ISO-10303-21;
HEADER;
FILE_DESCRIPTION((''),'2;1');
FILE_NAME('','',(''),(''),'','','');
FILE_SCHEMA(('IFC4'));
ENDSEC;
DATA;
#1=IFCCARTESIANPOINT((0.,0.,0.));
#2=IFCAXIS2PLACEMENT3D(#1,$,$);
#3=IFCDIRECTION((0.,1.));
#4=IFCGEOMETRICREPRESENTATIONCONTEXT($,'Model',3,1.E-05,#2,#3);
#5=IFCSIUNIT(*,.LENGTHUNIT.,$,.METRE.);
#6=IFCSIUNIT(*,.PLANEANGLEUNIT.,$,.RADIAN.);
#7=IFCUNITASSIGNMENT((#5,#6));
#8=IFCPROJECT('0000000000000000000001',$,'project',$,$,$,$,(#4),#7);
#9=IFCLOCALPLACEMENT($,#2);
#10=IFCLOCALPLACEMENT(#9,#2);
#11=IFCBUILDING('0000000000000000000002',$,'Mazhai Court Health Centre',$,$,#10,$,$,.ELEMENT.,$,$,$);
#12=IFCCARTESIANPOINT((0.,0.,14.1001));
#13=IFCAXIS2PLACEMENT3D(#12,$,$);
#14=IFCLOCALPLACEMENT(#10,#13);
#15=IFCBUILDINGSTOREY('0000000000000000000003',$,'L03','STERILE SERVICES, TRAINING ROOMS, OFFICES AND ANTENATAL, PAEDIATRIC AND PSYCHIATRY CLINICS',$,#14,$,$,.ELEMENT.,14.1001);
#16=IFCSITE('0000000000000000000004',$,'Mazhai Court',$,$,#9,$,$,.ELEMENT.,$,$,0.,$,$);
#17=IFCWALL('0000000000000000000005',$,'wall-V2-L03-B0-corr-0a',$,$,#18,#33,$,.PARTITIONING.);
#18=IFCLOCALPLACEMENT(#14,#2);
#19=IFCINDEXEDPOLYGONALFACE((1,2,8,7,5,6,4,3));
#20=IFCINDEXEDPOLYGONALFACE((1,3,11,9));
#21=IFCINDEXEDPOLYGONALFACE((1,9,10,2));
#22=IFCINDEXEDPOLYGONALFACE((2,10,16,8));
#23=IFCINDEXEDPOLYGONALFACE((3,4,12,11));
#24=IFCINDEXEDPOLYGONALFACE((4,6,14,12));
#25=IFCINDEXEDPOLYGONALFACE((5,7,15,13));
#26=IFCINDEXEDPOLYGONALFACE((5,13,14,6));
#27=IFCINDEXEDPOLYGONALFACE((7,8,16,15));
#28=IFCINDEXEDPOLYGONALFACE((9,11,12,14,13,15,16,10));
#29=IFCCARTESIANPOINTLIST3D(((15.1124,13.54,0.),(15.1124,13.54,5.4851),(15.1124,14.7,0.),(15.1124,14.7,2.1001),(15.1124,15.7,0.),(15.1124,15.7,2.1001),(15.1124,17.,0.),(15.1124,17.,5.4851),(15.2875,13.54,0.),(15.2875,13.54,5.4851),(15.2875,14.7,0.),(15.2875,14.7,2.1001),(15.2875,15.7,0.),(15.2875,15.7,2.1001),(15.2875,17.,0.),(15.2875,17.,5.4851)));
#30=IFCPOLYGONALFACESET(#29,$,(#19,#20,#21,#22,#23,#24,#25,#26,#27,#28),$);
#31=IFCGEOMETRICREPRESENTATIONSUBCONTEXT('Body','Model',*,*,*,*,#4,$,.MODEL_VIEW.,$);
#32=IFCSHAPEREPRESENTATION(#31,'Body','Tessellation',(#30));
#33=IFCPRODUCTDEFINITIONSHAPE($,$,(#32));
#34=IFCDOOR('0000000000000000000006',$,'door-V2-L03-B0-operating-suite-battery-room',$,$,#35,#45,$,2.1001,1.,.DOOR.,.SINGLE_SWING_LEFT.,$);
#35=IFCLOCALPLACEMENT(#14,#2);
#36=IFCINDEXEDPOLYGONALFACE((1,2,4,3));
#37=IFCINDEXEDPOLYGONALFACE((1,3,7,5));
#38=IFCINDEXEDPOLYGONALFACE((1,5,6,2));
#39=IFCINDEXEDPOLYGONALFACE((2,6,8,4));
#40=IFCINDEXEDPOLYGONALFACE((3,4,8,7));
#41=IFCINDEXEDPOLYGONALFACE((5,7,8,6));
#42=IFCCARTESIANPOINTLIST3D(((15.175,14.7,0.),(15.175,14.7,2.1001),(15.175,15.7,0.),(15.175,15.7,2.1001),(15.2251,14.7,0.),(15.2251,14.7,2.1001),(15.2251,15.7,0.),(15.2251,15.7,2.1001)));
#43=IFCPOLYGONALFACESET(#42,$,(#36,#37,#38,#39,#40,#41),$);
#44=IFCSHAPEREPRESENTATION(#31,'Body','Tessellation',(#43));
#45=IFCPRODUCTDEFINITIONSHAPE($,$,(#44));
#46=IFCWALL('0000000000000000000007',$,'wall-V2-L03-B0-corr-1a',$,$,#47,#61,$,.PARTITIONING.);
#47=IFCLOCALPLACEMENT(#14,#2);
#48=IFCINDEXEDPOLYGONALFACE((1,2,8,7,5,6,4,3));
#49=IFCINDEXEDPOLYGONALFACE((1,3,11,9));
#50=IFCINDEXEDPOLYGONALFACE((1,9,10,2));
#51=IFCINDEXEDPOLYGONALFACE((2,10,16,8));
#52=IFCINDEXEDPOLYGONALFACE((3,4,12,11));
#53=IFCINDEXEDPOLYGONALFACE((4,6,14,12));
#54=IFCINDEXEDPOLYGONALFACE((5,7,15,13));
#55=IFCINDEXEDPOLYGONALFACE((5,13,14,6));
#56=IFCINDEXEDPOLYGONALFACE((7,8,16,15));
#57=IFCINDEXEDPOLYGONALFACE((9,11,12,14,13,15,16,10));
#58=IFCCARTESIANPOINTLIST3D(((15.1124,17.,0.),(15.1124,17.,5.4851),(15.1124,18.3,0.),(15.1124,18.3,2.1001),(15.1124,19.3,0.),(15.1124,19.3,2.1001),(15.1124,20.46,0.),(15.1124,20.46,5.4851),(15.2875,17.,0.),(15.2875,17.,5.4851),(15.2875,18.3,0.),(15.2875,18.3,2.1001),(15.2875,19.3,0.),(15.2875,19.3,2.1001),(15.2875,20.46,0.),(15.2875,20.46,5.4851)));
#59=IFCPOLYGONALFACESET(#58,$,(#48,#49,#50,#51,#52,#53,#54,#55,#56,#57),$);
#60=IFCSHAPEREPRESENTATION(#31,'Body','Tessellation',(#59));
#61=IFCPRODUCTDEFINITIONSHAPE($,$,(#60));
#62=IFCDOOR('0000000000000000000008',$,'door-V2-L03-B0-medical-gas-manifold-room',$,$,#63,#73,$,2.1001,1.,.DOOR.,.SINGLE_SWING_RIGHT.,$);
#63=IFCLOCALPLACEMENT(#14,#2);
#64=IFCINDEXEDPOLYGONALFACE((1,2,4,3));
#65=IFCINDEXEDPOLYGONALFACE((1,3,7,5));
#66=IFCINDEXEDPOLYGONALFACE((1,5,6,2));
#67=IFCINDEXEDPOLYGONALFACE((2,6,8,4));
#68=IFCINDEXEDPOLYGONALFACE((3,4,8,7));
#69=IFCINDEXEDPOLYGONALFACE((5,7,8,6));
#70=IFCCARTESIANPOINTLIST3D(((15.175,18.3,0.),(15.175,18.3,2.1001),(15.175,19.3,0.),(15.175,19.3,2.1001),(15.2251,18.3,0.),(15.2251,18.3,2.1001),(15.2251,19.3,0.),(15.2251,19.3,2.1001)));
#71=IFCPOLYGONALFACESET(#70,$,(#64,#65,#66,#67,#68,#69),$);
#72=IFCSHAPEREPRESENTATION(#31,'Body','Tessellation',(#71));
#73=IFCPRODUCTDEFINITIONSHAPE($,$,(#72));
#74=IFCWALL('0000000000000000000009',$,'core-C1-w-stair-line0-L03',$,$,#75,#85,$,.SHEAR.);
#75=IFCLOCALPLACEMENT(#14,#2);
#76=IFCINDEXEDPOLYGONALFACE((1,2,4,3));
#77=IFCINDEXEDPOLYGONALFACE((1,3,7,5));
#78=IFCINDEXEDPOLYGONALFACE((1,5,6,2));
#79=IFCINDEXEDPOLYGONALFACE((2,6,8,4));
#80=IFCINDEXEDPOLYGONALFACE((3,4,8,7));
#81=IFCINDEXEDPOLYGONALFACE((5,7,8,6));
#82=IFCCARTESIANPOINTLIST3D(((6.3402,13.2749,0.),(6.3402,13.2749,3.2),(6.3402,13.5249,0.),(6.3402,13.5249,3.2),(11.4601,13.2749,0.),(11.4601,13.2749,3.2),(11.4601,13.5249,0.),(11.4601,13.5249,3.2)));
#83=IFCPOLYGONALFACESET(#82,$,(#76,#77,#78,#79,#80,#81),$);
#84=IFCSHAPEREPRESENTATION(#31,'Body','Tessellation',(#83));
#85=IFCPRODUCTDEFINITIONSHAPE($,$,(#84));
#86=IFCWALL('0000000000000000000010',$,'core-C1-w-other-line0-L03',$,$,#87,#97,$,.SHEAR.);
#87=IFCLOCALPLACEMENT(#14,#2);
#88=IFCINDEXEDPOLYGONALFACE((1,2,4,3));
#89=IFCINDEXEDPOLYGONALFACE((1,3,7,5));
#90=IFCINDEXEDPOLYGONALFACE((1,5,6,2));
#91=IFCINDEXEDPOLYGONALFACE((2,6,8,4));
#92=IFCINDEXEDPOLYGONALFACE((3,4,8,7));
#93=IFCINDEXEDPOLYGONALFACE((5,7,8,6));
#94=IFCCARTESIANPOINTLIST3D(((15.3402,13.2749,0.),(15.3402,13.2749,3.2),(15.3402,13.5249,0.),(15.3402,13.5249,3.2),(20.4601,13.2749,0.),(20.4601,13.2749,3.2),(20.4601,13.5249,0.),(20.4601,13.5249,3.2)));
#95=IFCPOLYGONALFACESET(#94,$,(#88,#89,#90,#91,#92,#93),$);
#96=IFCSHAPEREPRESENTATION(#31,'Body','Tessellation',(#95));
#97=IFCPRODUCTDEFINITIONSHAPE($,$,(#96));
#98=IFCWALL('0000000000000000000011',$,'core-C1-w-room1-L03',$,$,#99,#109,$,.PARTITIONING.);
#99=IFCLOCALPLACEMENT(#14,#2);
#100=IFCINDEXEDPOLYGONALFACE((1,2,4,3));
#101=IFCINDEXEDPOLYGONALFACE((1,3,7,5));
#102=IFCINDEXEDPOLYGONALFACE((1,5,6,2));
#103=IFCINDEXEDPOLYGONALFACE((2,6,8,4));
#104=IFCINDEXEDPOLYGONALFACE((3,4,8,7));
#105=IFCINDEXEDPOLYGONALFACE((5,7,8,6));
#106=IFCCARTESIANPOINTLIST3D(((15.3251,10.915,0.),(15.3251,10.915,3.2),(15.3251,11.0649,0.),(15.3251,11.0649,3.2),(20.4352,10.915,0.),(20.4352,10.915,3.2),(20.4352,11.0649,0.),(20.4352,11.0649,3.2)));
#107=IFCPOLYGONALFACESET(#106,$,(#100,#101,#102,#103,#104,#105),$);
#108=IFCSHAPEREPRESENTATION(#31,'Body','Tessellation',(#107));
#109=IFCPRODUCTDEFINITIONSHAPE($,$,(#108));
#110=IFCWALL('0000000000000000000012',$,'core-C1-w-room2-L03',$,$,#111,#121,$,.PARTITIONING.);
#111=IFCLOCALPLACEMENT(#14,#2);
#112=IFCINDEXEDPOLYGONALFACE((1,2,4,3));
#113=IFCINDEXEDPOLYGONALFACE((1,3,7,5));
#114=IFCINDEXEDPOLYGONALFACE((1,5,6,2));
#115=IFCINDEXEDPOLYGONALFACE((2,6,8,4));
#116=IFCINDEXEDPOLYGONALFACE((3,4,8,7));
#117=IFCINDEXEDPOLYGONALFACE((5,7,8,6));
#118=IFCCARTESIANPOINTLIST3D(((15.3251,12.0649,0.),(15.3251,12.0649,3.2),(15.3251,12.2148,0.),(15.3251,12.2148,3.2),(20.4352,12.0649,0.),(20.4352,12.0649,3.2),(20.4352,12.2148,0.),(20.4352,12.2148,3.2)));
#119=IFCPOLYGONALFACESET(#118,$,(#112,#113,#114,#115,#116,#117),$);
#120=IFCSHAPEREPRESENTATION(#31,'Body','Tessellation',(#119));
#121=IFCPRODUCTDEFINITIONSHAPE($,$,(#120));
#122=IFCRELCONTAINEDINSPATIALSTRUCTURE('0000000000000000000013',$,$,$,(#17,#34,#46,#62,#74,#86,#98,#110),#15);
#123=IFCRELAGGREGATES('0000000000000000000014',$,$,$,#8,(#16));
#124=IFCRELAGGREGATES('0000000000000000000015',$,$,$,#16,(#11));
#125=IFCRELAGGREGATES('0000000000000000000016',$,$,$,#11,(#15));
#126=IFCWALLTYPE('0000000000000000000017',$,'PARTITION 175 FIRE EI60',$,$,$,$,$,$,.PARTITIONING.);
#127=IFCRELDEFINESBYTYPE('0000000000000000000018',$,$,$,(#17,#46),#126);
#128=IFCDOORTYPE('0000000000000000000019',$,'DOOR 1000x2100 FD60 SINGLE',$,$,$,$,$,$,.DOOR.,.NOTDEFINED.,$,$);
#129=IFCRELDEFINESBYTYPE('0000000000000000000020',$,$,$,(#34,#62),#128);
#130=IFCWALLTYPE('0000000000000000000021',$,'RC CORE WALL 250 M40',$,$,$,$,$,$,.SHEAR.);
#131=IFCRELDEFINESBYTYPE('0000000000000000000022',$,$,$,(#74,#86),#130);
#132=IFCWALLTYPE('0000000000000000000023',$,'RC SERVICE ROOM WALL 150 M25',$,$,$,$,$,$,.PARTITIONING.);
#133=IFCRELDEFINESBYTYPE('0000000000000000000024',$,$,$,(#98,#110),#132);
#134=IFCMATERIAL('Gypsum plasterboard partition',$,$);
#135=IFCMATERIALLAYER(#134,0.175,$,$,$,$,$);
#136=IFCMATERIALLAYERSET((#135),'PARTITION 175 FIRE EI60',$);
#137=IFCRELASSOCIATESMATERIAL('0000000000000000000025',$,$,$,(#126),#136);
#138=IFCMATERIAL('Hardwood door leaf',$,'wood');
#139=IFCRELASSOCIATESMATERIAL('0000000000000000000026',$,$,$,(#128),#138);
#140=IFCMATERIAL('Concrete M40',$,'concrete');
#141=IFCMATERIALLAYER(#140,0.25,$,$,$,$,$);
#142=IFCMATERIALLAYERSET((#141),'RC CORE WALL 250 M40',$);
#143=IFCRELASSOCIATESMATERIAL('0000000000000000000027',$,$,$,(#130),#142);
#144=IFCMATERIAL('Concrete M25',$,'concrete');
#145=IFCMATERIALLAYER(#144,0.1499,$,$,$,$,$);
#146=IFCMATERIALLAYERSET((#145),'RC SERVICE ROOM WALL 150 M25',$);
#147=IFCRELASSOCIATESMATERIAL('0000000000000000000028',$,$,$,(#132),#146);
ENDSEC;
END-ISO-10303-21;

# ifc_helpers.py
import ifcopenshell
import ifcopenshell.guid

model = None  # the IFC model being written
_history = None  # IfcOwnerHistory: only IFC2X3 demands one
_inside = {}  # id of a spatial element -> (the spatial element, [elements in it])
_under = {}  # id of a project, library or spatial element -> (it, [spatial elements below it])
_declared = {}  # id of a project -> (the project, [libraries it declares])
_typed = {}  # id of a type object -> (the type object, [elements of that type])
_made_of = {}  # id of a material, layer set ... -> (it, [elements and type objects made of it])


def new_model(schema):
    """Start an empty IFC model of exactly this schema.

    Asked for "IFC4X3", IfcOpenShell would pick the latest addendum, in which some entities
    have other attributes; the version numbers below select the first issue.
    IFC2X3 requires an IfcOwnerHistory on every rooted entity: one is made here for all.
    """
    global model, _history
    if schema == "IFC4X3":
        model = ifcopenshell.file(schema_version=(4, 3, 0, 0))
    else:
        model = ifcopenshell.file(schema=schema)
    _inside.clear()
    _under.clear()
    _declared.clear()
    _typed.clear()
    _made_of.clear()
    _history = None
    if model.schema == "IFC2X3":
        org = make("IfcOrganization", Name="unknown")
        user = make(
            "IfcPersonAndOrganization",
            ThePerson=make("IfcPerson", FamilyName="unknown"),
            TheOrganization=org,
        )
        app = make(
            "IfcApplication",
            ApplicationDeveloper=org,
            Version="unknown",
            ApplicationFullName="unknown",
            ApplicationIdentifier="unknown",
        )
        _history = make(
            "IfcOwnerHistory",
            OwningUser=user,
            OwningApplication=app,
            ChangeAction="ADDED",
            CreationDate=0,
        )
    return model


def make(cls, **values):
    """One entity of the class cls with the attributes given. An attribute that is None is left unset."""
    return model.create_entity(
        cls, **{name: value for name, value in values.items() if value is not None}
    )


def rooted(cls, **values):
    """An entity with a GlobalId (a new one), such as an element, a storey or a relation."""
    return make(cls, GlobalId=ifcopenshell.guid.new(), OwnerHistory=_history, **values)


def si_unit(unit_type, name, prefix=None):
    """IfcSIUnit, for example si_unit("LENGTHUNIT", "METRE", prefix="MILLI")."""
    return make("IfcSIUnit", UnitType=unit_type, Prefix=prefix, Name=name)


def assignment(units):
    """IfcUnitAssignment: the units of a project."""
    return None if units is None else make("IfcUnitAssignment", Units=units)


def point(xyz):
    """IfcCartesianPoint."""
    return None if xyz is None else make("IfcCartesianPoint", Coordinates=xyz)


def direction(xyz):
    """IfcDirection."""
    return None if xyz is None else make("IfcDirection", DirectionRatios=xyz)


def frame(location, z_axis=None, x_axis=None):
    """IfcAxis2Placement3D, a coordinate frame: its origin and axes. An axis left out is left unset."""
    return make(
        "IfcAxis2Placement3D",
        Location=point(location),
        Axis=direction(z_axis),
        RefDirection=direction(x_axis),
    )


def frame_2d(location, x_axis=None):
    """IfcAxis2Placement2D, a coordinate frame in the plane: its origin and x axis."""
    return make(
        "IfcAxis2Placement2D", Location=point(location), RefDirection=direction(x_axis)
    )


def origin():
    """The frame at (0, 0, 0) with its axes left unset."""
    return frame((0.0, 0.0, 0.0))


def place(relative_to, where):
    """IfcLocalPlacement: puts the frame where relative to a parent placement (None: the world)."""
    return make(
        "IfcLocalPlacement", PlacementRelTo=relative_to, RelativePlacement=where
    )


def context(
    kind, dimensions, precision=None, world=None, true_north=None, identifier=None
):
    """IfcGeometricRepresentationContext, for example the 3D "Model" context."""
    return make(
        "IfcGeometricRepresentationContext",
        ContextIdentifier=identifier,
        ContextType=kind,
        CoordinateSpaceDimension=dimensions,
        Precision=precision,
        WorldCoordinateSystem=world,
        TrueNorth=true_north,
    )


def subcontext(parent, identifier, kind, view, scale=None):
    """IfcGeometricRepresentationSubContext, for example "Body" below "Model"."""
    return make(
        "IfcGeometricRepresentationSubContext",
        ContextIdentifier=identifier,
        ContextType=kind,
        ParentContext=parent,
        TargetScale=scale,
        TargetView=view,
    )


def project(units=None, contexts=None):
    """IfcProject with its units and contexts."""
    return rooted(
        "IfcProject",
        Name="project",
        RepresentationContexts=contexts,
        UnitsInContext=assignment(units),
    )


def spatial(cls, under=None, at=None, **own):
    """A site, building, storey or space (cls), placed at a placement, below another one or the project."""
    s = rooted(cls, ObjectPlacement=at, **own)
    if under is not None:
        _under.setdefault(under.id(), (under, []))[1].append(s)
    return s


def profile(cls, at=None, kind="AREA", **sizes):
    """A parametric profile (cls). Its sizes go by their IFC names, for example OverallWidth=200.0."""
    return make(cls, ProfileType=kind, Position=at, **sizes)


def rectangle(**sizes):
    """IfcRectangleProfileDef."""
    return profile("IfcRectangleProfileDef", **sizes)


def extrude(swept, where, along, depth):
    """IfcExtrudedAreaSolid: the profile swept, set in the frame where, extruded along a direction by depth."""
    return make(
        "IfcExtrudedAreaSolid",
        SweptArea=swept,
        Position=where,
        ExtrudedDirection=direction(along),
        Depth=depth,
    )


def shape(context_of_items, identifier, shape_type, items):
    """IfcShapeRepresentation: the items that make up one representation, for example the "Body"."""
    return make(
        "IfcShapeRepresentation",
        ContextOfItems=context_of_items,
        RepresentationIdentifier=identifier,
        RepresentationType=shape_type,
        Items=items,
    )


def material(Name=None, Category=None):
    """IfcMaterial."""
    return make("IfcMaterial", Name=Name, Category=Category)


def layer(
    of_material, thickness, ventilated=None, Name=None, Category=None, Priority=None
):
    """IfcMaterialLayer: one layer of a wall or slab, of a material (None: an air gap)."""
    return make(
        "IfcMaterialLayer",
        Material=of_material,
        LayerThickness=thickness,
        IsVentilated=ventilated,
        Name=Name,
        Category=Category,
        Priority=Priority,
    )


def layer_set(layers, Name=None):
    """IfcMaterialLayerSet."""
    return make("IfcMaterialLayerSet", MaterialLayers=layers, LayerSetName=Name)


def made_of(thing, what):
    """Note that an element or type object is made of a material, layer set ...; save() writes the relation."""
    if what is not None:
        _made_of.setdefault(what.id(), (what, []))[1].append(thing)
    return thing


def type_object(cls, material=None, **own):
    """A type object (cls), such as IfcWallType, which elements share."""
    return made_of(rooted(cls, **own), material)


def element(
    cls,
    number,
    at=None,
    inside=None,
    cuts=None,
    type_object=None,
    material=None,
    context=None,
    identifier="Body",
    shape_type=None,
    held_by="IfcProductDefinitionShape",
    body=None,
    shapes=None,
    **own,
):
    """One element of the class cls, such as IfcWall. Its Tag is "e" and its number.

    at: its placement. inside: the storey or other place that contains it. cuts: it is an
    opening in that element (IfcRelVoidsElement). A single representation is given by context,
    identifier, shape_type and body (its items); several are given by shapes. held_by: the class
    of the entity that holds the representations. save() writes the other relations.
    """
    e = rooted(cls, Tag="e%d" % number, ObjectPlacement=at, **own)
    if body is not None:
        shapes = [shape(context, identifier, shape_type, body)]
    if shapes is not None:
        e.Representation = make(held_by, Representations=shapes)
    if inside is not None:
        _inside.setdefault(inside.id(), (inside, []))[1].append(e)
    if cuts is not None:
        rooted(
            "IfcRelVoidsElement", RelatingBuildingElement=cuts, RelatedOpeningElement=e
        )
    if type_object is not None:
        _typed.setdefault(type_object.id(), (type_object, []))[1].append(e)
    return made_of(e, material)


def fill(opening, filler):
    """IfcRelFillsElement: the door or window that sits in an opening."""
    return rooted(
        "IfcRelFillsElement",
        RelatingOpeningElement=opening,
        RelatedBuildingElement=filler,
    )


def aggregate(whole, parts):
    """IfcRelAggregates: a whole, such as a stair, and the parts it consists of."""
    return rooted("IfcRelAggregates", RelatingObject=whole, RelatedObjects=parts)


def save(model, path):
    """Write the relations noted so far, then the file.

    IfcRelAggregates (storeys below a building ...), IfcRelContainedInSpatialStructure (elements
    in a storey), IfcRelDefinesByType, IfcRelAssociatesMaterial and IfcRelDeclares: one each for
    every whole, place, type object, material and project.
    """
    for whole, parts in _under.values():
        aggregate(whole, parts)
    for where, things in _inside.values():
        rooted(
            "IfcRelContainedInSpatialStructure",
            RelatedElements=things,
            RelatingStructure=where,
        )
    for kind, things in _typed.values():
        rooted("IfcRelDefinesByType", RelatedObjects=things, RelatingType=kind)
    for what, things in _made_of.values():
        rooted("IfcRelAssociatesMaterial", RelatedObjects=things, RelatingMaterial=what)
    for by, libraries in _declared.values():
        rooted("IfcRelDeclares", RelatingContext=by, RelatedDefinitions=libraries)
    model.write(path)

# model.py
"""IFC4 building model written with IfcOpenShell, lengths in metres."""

from ifc_helpers import new_model, si_unit, direction, frame, frame_2d, origin, place, context, subcontext, project, spatial, rectangle, extrude, material, layer, layer_set, type_object, element, fill, save


model = new_model("IFC4")

# Units and contexts
model_context = context("Model", 3, precision=1e-05, world=origin(), true_north=direction((0.0, 1.0)))
body_context = subcontext(model_context, "Body", "Model", "MODEL_VIEW")
ifc_project = project(units=[si_unit("LENGTHUNIT", "METRE"), si_unit("PLANEANGLEUNIT", "RADIAN")], contexts=[model_context])

# Site, building, storey
site_placement = place(None, origin())
site = spatial("IfcSite", under=ifc_project, at=site_placement, Name="Mazhai Court", CompositionType="ELEMENT", RefElevation=0.0)
building_placement = place(site_placement, origin())
building = spatial("IfcBuilding", under=site, at=building_placement, Name="Mazhai Court Health Centre", CompositionType="ELEMENT")
storey_placement = place(building_placement, frame((0.0, 0.0, 14.1001)))
storey = spatial("IfcBuildingStorey", under=building, at=storey_placement, Name="L03", Description="STERILE SERVICES, TRAINING ROOMS, OFFICES AND ANTENATAL, PAEDIATRIC AND PSYCHIATRY CLINICS", CompositionType="ELEMENT", Elevation=14.1001)

# Walls, openings, doors
ifc_material_1 = material(Name="Gypsum plasterboard partition")
ifc_layer_1 = layer(ifc_material_1, 0.175)
ifc_layer_set_1 = layer_set([ifc_layer_1], Name="PARTITION 175 FIRE EI60")
wall_type_1 = type_object("IfcWallType", Name="PARTITION 175 FIRE EI60", PredefinedType="PARTITIONING", material=ifc_layer_set_1)
wall_1_placement = place(storey_placement, frame((15.2, 13.54, 0.0), z_axis=(0.0, 0.0, 1.0), x_axis=(0.0, 1.0, 0.0)))
wall_1 = element("IfcWall", 1, at=wall_1_placement, inside=storey, type_object=wall_type_1, Name="wall-V2-L03-B0-corr-0a", PredefinedType="PARTITIONING", context=body_context, shape_type="SweptSolid", body=[
    extrude(rectangle(XDim=3.46, YDim=0.175, at=frame_2d((1.73, 0.0))), origin(), (0.0, 0.0, 1.0), 5.4851),
])
opening_1_placement = place(wall_1_placement, frame((1.1599, 0.0, 0.0)))
opening_1 = element("IfcOpeningElement", 2, at=opening_1_placement, cuts=wall_1, PredefinedType="OPENING", context=body_context, shape_type="SweptSolid", body=[
    extrude(rectangle(XDim=1.0, YDim=2.1001, at=frame_2d((0.5, 1.05))), frame((0.0, 0.0974, 0.0), z_axis=(0.0, -1.0, 0.0), x_axis=(1.0, 0.0, 0.0)), (0.0, 0.0, 1.0), 0.1951),
])
ifc_material_2 = material(Name="Hardwood door leaf", Category="wood")
door_type_1 = type_object("IfcDoorType", Name="DOOR 1000x2100 FD60 SINGLE", OperationType="NOTDEFINED", PredefinedType="DOOR", material=ifc_material_2)
door_1_placement = place(opening_1_placement, origin())
door_1 = element("IfcDoor", 3, at=door_1_placement, inside=storey, type_object=door_type_1, Name="door-V2-L03-B0-operating-suite-battery-room", OperationType="SINGLE_SWING_LEFT", OverallHeight=2.1001, OverallWidth=1.0, PredefinedType="DOOR", context=body_context, shape_type="SweptSolid", body=[
    extrude(rectangle(XDim=1.0, YDim=2.1001, at=frame_2d((0.5, 1.05))), frame((0.0, 0.0249, 0.0), z_axis=(0.0, -1.0, 0.0), x_axis=(1.0, 0.0, 0.0)), (0.0, 0.0, 1.0), 0.05),
])
fill(opening_1, door_1)
wall_2_placement = place(storey_placement, frame((15.2, 17.0, 0.0), z_axis=(0.0, 0.0, 1.0), x_axis=(0.0, 1.0, 0.0)))
wall_2 = element("IfcWall", 4, at=wall_2_placement, inside=storey, type_object=wall_type_1, Name="wall-V2-L03-B0-corr-1a", PredefinedType="PARTITIONING", context=body_context, shape_type="SweptSolid", body=[
    extrude(rectangle(XDim=3.46, YDim=0.175, at=frame_2d((1.73, 0.0))), origin(), (0.0, 0.0, 1.0), 5.4851),
])
opening_2_placement = place(wall_2_placement, frame((1.3, 0.0, 0.0)))
opening_2 = element("IfcOpeningElement", 5, at=opening_2_placement, cuts=wall_2, PredefinedType="OPENING", context=body_context, shape_type="SweptSolid", body=[
    extrude(rectangle(XDim=1.0, YDim=2.1001, at=frame_2d((0.5, 1.05))), frame((0.0, 0.0974, 0.0), z_axis=(0.0, -1.0, 0.0), x_axis=(1.0, 0.0, 0.0)), (0.0, 0.0, 1.0), 0.1951),
])
door_2_placement = place(opening_2_placement, origin())
door_2 = element("IfcDoor", 6, at=door_2_placement, inside=storey, type_object=door_type_1, Name="door-V2-L03-B0-medical-gas-manifold-room", OperationType="SINGLE_SWING_RIGHT", OverallHeight=2.1001, OverallWidth=1.0, PredefinedType="DOOR", context=body_context, shape_type="SweptSolid", body=[
    extrude(rectangle(XDim=1.0, YDim=2.1001, at=frame_2d((0.5, 1.05))), frame((0.0, 0.0249, 0.0), z_axis=(0.0, -1.0, 0.0), x_axis=(1.0, 0.0, 0.0)), (0.0, 0.0, 1.0), 0.05),
])
fill(opening_2, door_2)

# Walls
ifc_material_3 = material(Name="Concrete M40", Category="concrete")
ifc_layer_2 = layer(ifc_material_3, 0.25)
ifc_layer_set_2 = layer_set([ifc_layer_2], Name="RC CORE WALL 250 M40")
wall_type_2 = type_object("IfcWallType", Name="RC CORE WALL 250 M40", PredefinedType="SHEAR", material=ifc_layer_set_2)
for number, where, z_axis, x_axis, name in (
    (7, (6.3401, 13.3999, 0.0), (0.0, 0.0, 1.0), (1.0, 0.0, 0.0), "core-C1-w-stair-line0-L03"),
    (8, (15.3401, 13.3999, 0.0), (0.0, 0.0, 1.0), (1.0, 0.0, 0.0), "core-C1-w-other-line0-L03"),
):
    element("IfcWall", number, at=place(storey_placement, frame(where, z_axis=z_axis, x_axis=x_axis)), inside=storey, type_object=wall_type_2, Name=name, PredefinedType="SHEAR", context=body_context, shape_type="SweptSolid", body=[
        extrude(rectangle(XDim=5.1199, YDim=0.25, at=frame_2d((2.5601, 0.0))), origin(), (0.0, 0.0, 1.0), 3.2),
    ])
ifc_material_4 = material(Name="Concrete M25", Category="concrete")
ifc_layer_3 = layer(ifc_material_4, 0.1499)
ifc_layer_set_3 = layer_set([ifc_layer_3], Name="RC SERVICE ROOM WALL 150 M25")
wall_type_3 = type_object("IfcWallType", Name="RC SERVICE ROOM WALL 150 M25", PredefinedType="PARTITIONING", material=ifc_layer_set_3)
for number, where, z_axis, x_axis, name in (
    (9, (15.325, 10.99, 0.0), (0.0, 0.0, 1.0), (1.0, 0.0, 0.0), "core-C1-w-room1-L03"),
    (10, (15.325, 12.1399, 0.0), (0.0, 0.0, 1.0), (1.0, 0.0, 0.0), "core-C1-w-room2-L03"),
):
    element("IfcWall", number, at=place(storey_placement, frame(where, z_axis=z_axis, x_axis=x_axis)), inside=storey, type_object=wall_type_3, Name=name, PredefinedType="PARTITIONING", context=body_context, shape_type="SweptSolid", body=[
        extrude(rectangle(XDim=5.1101, YDim=0.1499, at=frame_2d((2.5552, 0.0))), origin(), (0.0, 0.0, 1.0), 3.2),
    ])

save(model, "model.ifc")
